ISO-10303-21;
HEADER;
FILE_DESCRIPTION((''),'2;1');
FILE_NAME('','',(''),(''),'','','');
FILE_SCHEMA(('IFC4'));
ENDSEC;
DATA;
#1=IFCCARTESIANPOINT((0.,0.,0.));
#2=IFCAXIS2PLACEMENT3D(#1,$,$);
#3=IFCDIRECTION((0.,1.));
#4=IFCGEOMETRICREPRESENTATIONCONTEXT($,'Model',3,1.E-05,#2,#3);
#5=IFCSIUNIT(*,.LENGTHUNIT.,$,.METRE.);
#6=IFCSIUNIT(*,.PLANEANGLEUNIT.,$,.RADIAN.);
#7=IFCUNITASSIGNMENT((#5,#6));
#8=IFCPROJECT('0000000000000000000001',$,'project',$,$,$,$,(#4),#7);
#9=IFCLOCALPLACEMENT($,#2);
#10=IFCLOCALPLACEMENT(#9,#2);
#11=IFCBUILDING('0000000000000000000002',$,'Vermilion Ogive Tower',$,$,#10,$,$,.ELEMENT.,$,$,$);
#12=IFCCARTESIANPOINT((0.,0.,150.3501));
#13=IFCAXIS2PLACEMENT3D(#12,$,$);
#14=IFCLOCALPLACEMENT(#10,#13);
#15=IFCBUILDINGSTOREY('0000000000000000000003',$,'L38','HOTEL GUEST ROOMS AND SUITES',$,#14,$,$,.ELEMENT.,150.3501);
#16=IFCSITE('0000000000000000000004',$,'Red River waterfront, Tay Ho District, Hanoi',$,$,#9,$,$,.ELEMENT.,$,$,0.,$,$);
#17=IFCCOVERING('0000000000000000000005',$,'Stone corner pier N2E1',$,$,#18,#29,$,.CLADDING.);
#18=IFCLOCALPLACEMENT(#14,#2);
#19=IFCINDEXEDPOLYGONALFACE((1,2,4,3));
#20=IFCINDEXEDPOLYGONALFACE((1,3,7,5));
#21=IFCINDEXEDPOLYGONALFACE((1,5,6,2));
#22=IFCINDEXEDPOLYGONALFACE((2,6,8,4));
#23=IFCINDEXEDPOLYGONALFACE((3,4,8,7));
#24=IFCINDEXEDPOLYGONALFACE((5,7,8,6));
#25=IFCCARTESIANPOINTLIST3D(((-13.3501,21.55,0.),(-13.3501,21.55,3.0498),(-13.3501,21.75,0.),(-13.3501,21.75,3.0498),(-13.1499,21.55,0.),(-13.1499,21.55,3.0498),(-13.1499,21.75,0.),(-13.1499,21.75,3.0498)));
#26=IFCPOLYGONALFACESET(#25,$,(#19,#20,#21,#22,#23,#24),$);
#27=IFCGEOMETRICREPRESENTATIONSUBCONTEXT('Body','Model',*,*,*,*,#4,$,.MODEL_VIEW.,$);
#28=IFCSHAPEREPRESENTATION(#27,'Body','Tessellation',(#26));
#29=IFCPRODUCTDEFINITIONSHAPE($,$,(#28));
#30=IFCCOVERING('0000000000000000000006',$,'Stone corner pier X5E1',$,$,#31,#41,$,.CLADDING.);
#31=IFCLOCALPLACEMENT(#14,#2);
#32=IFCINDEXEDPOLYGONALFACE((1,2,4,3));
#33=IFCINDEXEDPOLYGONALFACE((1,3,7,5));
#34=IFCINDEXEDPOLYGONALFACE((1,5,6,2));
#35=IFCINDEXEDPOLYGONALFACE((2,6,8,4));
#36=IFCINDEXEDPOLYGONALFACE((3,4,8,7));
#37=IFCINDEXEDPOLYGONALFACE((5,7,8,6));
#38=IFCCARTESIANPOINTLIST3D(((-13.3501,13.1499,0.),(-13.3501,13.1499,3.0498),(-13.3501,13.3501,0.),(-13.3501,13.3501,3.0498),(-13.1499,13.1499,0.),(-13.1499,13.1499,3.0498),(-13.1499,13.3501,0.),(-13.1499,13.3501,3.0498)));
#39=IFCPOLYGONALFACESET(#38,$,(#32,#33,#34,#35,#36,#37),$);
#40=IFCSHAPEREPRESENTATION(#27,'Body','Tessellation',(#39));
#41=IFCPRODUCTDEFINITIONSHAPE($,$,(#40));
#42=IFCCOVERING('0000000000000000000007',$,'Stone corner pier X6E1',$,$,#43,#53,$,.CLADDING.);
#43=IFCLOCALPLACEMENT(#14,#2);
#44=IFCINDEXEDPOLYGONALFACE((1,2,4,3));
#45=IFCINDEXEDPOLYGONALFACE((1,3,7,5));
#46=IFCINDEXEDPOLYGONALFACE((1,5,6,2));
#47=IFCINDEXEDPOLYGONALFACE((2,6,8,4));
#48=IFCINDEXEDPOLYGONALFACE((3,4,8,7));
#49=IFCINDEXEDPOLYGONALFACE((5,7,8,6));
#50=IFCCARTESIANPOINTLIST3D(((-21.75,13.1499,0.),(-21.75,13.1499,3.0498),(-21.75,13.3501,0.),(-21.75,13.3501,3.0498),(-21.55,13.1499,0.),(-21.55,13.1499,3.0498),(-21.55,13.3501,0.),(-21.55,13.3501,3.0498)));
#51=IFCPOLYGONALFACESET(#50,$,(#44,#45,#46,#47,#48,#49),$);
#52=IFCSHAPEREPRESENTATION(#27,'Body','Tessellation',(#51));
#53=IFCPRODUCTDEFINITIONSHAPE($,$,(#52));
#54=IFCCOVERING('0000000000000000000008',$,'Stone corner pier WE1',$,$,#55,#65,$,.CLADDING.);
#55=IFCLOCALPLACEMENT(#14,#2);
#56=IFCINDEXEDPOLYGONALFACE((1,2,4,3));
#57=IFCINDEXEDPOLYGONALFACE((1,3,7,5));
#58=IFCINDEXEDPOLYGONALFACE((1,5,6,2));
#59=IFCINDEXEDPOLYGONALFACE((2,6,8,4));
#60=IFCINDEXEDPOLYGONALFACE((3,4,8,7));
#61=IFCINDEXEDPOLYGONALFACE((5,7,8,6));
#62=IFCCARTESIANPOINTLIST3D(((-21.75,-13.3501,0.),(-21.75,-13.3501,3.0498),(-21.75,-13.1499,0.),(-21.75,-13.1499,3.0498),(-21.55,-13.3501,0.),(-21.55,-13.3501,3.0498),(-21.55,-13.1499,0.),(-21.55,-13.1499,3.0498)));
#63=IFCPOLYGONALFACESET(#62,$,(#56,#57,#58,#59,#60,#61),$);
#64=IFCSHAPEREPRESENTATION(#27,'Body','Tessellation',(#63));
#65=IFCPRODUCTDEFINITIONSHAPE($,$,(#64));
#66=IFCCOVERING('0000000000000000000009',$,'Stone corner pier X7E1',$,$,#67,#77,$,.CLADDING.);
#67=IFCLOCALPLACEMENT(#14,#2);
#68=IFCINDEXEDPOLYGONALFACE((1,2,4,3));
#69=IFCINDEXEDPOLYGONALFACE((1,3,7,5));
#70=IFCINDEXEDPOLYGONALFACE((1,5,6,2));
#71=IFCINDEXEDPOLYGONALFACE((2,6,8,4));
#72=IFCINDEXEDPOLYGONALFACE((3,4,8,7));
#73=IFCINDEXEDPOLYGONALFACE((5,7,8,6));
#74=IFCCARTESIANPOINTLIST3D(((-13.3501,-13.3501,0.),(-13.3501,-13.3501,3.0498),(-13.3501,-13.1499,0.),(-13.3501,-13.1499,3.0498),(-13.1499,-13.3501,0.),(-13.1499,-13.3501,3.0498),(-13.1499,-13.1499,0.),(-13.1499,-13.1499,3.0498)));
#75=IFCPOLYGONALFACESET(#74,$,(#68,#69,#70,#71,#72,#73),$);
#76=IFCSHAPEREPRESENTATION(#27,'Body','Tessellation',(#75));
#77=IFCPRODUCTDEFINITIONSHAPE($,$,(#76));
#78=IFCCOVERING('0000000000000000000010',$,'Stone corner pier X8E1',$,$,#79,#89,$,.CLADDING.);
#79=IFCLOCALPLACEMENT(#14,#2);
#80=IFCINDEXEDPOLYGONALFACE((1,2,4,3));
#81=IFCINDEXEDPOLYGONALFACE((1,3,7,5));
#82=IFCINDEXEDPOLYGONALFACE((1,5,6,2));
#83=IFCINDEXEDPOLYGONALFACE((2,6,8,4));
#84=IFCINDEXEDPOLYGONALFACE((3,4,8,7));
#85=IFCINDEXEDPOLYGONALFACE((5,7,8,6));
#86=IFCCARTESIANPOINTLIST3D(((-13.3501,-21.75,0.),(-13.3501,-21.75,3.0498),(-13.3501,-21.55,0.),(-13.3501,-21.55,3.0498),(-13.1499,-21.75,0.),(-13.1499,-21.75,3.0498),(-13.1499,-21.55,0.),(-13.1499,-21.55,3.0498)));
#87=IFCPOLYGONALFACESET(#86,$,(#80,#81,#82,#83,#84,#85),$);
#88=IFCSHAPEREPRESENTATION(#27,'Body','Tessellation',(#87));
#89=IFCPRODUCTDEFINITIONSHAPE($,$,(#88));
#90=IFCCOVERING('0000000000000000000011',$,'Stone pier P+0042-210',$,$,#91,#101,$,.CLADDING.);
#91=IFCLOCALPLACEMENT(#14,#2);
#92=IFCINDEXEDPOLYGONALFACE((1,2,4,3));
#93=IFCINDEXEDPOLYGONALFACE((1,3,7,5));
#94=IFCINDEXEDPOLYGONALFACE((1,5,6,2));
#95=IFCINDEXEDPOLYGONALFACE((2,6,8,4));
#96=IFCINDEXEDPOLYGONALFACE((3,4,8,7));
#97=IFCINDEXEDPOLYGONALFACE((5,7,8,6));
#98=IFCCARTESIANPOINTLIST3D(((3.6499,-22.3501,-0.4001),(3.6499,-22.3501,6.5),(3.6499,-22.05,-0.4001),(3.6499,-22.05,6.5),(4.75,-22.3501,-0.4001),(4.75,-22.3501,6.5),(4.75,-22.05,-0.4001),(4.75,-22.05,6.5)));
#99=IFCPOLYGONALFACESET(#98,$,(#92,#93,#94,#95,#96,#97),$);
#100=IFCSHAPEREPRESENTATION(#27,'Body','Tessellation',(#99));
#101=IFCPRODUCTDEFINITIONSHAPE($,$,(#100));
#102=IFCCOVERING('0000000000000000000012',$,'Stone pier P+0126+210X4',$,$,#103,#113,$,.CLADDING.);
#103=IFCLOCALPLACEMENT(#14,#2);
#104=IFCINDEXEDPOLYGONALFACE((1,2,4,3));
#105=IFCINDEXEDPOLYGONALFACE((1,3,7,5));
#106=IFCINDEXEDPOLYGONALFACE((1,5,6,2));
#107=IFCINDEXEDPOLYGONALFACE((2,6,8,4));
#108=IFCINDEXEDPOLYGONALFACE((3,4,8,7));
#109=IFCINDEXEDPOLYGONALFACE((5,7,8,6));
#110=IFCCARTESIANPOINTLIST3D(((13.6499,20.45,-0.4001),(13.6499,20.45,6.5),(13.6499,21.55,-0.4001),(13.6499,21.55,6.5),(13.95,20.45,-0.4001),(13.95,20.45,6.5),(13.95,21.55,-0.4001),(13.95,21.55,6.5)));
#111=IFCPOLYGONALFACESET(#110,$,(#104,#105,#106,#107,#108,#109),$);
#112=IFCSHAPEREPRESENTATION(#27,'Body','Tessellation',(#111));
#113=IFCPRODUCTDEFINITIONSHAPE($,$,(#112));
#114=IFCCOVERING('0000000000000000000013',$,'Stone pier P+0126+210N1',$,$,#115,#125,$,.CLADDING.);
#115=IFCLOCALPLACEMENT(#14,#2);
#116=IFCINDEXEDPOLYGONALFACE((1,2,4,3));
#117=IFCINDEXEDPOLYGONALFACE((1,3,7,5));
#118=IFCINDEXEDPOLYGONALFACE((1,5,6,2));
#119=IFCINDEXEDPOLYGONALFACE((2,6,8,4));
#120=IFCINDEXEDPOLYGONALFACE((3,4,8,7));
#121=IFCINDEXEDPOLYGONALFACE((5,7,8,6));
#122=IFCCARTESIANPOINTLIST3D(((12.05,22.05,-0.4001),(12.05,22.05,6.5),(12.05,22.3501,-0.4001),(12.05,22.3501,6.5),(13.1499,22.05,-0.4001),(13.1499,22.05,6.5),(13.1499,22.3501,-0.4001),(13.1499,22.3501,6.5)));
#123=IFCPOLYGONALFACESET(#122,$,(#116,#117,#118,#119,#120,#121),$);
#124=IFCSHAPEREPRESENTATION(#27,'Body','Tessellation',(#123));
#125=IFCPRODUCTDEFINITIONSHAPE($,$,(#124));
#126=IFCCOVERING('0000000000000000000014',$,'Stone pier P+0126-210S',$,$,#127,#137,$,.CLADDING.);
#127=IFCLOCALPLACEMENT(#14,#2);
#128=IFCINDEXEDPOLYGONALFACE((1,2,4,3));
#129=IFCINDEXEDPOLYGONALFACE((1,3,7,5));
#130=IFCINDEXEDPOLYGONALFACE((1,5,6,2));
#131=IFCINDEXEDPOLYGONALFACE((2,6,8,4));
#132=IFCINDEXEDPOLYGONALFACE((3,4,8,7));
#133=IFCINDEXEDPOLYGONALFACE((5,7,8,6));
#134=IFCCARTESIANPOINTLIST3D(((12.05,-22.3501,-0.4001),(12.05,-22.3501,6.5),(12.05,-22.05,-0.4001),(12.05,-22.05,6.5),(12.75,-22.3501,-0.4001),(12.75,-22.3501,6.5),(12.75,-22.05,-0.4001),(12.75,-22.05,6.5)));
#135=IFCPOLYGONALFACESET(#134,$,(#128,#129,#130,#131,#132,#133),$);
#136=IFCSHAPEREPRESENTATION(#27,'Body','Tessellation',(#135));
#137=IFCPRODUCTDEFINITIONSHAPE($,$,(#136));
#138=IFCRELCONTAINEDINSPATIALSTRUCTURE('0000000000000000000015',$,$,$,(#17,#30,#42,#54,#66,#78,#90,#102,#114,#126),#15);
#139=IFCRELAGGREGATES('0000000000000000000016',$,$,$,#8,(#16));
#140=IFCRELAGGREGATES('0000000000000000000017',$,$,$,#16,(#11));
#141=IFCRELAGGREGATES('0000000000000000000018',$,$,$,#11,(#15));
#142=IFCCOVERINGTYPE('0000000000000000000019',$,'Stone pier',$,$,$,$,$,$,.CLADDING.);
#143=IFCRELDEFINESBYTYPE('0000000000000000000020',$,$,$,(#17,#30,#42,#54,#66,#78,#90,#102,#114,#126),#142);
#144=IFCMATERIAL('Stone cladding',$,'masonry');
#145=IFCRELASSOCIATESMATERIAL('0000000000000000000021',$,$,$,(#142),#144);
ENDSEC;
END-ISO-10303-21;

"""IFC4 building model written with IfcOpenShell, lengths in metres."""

from ifc_helpers import new_model, si_unit, direction, frame, origin, place, context, subcontext, project, spatial, polyline, outline, extrude, material, type_object, element, save


model = new_model("IFC4")

# Units and contexts
model_context = context("Model", 3, precision=1e-05, world=origin(), true_north=direction((0.0, 1.0)))
body_context = subcontext(model_context, "Body", "Model", "MODEL_VIEW")
ifc_project = project(units=[si_unit("LENGTHUNIT", "METRE"), si_unit("PLANEANGLEUNIT", "RADIAN")], contexts=[model_context])

# Site, building, storey
site_placement = place(None, origin())
site = spatial("IfcSite", under=ifc_project, at=site_placement, Name="Red River waterfront, Tay Ho District, Hanoi", CompositionType="ELEMENT", RefElevation=0.0)
building_placement = place(site_placement, origin())
building = spatial("IfcBuilding", under=site, at=building_placement, Name="Vermilion Ogive Tower", CompositionType="ELEMENT")
storey_placement = place(building_placement, frame((0.0, 0.0, 150.3501)))
storey = spatial("IfcBuildingStorey", under=building, at=storey_placement, Name="L38", Description="HOTEL GUEST ROOMS AND SUITES", CompositionType="ELEMENT", Elevation=150.3501)

# Coverings
ifc_material_1 = material(Name="Stone cladding", Category="masonry")
covering_type_1 = type_object("IfcCoveringType", Name="Stone pier", PredefinedType="CLADDING", material=ifc_material_1)
covering_1_placement = place(storey_placement, origin())
element("IfcCovering", 1, at=covering_1_placement, inside=storey, type_object=covering_type_1, Name="Stone corner pier N2E1", PredefinedType="CLADDING", context=body_context, shape_type="SweptSolid", body=[
    extrude(outline(polyline([(-13.1499, 21.75), (-13.1499, 21.55), (-13.3501, 21.55), (-13.3501, 21.75), (-13.1499, 21.75)])), origin(), (0.0, 0.0, 1.0), 3.0498),
])
covering_2_placement = place(storey_placement, origin())
element("IfcCovering", 2, at=covering_2_placement, inside=storey, type_object=covering_type_1, Name="Stone corner pier X5E1", PredefinedType="CLADDING", context=body_context, shape_type="SweptSolid", body=[
    extrude(outline(polyline([(-13.1499, 13.1499), (-13.3501, 13.1499), (-13.3501, 13.3501), (-13.1499, 13.3501), (-13.1499, 13.1499)])), origin(), (0.0, 0.0, 1.0), 3.0498),
])
covering_3_placement = place(storey_placement, origin())
element("IfcCovering", 3, at=covering_3_placement, inside=storey, type_object=covering_type_1, Name="Stone corner pier X6E1", PredefinedType="CLADDING", context=body_context, shape_type="SweptSolid", body=[
    extrude(outline(polyline([(-21.55, 13.3501), (-21.55, 13.1499), (-21.75, 13.1499), (-21.75, 13.3501), (-21.55, 13.3501)])), origin(), (0.0, 0.0, 1.0), 3.0498),
])
covering_4_placement = place(storey_placement, origin())
element("IfcCovering", 4, at=covering_4_placement, inside=storey, type_object=covering_type_1, Name="Stone corner pier WE1", PredefinedType="CLADDING", context=body_context, shape_type="SweptSolid", body=[
    extrude(outline(polyline([(-21.75, -13.1499), (-21.55, -13.1499), (-21.55, -13.3501), (-21.75, -13.3501), (-21.75, -13.1499)])), origin(), (0.0, 0.0, 1.0), 3.0498),
])
covering_5_placement = place(storey_placement, origin())
element("IfcCovering", 5, at=covering_5_placement, inside=storey, type_object=covering_type_1, Name="Stone corner pier X7E1", PredefinedType="CLADDING", context=body_context, shape_type="SweptSolid", body=[
    extrude(outline(polyline([(-13.1499, -13.1499), (-13.1499, -13.3501), (-13.3501, -13.3501), (-13.3501, -13.1499), (-13.1499, -13.1499)])), origin(), (0.0, 0.0, 1.0), 3.0498),
])
covering_6_placement = place(storey_placement, origin())
element("IfcCovering", 6, at=covering_6_placement, inside=storey, type_object=covering_type_1, Name="Stone corner pier X8E1", PredefinedType="CLADDING", context=body_context, shape_type="SweptSolid", body=[
    extrude(outline(polyline([(-13.3501, -21.55), (-13.1499, -21.55), (-13.1499, -21.75), (-13.3501, -21.75), (-13.3501, -21.55)])), origin(), (0.0, 0.0, 1.0), 3.0498),
])
covering_7_placement = place(storey_placement, frame((0.0, 0.0, -0.4001)))
element("IfcCovering", 7, at=covering_7_placement, inside=storey, type_object=covering_type_1, Name="Stone pier P+0042-210", PredefinedType="CLADDING", context=body_context, shape_type="SweptSolid", body=[
    extrude(outline(polyline([(4.75, -22.3501), (3.6499, -22.3501), (3.6499, -22.05), (4.75, -22.05), (4.75, -22.3501)])), origin(), (0.0, 0.0, 1.0), 6.9001),
])
covering_8_placement = place(storey_placement, frame((0.0, 0.0, -0.4001)))
element("IfcCovering", 8, at=covering_8_placement, inside=storey, type_object=covering_type_1, Name="Stone pier P+0126+210X4", PredefinedType="CLADDING", context=body_context, shape_type="SweptSolid", body=[
    extrude(outline(polyline([(13.95, 21.55), (13.95, 20.45), (13.6499, 20.45), (13.6499, 21.55), (13.95, 21.55)])), origin(), (0.0, 0.0, 1.0), 6.9001),
])
covering_9_placement = place(storey_placement, frame((0.0, 0.0, -0.4001)))
element("IfcCovering", 9, at=covering_9_placement, inside=storey, type_object=covering_type_1, Name="Stone pier P+0126+210N1", PredefinedType="CLADDING", context=body_context, shape_type="SweptSolid", body=[
    extrude(outline(polyline([(13.1499, 22.3501), (13.1499, 22.05), (12.05, 22.05), (12.05, 22.3501), (13.1499, 22.3501)])), origin(), (0.0, 0.0, 1.0), 6.9001),
])
covering_10_placement = place(storey_placement, frame((0.0, 0.0, -0.4001)))
element("IfcCovering", 10, at=covering_10_placement, inside=storey, type_object=covering_type_1, Name="Stone pier P+0126-210S", PredefinedType="CLADDING", context=body_context, shape_type="SweptSolid", body=[
    extrude(outline(polyline([(12.05, -22.3501), (12.05, -22.05), (12.75, -22.05), (12.75, -22.3501), (12.05, -22.3501)])), origin(), (0.0, 0.0, 1.0), 6.9001),
])

save(model, "model.ifc")
